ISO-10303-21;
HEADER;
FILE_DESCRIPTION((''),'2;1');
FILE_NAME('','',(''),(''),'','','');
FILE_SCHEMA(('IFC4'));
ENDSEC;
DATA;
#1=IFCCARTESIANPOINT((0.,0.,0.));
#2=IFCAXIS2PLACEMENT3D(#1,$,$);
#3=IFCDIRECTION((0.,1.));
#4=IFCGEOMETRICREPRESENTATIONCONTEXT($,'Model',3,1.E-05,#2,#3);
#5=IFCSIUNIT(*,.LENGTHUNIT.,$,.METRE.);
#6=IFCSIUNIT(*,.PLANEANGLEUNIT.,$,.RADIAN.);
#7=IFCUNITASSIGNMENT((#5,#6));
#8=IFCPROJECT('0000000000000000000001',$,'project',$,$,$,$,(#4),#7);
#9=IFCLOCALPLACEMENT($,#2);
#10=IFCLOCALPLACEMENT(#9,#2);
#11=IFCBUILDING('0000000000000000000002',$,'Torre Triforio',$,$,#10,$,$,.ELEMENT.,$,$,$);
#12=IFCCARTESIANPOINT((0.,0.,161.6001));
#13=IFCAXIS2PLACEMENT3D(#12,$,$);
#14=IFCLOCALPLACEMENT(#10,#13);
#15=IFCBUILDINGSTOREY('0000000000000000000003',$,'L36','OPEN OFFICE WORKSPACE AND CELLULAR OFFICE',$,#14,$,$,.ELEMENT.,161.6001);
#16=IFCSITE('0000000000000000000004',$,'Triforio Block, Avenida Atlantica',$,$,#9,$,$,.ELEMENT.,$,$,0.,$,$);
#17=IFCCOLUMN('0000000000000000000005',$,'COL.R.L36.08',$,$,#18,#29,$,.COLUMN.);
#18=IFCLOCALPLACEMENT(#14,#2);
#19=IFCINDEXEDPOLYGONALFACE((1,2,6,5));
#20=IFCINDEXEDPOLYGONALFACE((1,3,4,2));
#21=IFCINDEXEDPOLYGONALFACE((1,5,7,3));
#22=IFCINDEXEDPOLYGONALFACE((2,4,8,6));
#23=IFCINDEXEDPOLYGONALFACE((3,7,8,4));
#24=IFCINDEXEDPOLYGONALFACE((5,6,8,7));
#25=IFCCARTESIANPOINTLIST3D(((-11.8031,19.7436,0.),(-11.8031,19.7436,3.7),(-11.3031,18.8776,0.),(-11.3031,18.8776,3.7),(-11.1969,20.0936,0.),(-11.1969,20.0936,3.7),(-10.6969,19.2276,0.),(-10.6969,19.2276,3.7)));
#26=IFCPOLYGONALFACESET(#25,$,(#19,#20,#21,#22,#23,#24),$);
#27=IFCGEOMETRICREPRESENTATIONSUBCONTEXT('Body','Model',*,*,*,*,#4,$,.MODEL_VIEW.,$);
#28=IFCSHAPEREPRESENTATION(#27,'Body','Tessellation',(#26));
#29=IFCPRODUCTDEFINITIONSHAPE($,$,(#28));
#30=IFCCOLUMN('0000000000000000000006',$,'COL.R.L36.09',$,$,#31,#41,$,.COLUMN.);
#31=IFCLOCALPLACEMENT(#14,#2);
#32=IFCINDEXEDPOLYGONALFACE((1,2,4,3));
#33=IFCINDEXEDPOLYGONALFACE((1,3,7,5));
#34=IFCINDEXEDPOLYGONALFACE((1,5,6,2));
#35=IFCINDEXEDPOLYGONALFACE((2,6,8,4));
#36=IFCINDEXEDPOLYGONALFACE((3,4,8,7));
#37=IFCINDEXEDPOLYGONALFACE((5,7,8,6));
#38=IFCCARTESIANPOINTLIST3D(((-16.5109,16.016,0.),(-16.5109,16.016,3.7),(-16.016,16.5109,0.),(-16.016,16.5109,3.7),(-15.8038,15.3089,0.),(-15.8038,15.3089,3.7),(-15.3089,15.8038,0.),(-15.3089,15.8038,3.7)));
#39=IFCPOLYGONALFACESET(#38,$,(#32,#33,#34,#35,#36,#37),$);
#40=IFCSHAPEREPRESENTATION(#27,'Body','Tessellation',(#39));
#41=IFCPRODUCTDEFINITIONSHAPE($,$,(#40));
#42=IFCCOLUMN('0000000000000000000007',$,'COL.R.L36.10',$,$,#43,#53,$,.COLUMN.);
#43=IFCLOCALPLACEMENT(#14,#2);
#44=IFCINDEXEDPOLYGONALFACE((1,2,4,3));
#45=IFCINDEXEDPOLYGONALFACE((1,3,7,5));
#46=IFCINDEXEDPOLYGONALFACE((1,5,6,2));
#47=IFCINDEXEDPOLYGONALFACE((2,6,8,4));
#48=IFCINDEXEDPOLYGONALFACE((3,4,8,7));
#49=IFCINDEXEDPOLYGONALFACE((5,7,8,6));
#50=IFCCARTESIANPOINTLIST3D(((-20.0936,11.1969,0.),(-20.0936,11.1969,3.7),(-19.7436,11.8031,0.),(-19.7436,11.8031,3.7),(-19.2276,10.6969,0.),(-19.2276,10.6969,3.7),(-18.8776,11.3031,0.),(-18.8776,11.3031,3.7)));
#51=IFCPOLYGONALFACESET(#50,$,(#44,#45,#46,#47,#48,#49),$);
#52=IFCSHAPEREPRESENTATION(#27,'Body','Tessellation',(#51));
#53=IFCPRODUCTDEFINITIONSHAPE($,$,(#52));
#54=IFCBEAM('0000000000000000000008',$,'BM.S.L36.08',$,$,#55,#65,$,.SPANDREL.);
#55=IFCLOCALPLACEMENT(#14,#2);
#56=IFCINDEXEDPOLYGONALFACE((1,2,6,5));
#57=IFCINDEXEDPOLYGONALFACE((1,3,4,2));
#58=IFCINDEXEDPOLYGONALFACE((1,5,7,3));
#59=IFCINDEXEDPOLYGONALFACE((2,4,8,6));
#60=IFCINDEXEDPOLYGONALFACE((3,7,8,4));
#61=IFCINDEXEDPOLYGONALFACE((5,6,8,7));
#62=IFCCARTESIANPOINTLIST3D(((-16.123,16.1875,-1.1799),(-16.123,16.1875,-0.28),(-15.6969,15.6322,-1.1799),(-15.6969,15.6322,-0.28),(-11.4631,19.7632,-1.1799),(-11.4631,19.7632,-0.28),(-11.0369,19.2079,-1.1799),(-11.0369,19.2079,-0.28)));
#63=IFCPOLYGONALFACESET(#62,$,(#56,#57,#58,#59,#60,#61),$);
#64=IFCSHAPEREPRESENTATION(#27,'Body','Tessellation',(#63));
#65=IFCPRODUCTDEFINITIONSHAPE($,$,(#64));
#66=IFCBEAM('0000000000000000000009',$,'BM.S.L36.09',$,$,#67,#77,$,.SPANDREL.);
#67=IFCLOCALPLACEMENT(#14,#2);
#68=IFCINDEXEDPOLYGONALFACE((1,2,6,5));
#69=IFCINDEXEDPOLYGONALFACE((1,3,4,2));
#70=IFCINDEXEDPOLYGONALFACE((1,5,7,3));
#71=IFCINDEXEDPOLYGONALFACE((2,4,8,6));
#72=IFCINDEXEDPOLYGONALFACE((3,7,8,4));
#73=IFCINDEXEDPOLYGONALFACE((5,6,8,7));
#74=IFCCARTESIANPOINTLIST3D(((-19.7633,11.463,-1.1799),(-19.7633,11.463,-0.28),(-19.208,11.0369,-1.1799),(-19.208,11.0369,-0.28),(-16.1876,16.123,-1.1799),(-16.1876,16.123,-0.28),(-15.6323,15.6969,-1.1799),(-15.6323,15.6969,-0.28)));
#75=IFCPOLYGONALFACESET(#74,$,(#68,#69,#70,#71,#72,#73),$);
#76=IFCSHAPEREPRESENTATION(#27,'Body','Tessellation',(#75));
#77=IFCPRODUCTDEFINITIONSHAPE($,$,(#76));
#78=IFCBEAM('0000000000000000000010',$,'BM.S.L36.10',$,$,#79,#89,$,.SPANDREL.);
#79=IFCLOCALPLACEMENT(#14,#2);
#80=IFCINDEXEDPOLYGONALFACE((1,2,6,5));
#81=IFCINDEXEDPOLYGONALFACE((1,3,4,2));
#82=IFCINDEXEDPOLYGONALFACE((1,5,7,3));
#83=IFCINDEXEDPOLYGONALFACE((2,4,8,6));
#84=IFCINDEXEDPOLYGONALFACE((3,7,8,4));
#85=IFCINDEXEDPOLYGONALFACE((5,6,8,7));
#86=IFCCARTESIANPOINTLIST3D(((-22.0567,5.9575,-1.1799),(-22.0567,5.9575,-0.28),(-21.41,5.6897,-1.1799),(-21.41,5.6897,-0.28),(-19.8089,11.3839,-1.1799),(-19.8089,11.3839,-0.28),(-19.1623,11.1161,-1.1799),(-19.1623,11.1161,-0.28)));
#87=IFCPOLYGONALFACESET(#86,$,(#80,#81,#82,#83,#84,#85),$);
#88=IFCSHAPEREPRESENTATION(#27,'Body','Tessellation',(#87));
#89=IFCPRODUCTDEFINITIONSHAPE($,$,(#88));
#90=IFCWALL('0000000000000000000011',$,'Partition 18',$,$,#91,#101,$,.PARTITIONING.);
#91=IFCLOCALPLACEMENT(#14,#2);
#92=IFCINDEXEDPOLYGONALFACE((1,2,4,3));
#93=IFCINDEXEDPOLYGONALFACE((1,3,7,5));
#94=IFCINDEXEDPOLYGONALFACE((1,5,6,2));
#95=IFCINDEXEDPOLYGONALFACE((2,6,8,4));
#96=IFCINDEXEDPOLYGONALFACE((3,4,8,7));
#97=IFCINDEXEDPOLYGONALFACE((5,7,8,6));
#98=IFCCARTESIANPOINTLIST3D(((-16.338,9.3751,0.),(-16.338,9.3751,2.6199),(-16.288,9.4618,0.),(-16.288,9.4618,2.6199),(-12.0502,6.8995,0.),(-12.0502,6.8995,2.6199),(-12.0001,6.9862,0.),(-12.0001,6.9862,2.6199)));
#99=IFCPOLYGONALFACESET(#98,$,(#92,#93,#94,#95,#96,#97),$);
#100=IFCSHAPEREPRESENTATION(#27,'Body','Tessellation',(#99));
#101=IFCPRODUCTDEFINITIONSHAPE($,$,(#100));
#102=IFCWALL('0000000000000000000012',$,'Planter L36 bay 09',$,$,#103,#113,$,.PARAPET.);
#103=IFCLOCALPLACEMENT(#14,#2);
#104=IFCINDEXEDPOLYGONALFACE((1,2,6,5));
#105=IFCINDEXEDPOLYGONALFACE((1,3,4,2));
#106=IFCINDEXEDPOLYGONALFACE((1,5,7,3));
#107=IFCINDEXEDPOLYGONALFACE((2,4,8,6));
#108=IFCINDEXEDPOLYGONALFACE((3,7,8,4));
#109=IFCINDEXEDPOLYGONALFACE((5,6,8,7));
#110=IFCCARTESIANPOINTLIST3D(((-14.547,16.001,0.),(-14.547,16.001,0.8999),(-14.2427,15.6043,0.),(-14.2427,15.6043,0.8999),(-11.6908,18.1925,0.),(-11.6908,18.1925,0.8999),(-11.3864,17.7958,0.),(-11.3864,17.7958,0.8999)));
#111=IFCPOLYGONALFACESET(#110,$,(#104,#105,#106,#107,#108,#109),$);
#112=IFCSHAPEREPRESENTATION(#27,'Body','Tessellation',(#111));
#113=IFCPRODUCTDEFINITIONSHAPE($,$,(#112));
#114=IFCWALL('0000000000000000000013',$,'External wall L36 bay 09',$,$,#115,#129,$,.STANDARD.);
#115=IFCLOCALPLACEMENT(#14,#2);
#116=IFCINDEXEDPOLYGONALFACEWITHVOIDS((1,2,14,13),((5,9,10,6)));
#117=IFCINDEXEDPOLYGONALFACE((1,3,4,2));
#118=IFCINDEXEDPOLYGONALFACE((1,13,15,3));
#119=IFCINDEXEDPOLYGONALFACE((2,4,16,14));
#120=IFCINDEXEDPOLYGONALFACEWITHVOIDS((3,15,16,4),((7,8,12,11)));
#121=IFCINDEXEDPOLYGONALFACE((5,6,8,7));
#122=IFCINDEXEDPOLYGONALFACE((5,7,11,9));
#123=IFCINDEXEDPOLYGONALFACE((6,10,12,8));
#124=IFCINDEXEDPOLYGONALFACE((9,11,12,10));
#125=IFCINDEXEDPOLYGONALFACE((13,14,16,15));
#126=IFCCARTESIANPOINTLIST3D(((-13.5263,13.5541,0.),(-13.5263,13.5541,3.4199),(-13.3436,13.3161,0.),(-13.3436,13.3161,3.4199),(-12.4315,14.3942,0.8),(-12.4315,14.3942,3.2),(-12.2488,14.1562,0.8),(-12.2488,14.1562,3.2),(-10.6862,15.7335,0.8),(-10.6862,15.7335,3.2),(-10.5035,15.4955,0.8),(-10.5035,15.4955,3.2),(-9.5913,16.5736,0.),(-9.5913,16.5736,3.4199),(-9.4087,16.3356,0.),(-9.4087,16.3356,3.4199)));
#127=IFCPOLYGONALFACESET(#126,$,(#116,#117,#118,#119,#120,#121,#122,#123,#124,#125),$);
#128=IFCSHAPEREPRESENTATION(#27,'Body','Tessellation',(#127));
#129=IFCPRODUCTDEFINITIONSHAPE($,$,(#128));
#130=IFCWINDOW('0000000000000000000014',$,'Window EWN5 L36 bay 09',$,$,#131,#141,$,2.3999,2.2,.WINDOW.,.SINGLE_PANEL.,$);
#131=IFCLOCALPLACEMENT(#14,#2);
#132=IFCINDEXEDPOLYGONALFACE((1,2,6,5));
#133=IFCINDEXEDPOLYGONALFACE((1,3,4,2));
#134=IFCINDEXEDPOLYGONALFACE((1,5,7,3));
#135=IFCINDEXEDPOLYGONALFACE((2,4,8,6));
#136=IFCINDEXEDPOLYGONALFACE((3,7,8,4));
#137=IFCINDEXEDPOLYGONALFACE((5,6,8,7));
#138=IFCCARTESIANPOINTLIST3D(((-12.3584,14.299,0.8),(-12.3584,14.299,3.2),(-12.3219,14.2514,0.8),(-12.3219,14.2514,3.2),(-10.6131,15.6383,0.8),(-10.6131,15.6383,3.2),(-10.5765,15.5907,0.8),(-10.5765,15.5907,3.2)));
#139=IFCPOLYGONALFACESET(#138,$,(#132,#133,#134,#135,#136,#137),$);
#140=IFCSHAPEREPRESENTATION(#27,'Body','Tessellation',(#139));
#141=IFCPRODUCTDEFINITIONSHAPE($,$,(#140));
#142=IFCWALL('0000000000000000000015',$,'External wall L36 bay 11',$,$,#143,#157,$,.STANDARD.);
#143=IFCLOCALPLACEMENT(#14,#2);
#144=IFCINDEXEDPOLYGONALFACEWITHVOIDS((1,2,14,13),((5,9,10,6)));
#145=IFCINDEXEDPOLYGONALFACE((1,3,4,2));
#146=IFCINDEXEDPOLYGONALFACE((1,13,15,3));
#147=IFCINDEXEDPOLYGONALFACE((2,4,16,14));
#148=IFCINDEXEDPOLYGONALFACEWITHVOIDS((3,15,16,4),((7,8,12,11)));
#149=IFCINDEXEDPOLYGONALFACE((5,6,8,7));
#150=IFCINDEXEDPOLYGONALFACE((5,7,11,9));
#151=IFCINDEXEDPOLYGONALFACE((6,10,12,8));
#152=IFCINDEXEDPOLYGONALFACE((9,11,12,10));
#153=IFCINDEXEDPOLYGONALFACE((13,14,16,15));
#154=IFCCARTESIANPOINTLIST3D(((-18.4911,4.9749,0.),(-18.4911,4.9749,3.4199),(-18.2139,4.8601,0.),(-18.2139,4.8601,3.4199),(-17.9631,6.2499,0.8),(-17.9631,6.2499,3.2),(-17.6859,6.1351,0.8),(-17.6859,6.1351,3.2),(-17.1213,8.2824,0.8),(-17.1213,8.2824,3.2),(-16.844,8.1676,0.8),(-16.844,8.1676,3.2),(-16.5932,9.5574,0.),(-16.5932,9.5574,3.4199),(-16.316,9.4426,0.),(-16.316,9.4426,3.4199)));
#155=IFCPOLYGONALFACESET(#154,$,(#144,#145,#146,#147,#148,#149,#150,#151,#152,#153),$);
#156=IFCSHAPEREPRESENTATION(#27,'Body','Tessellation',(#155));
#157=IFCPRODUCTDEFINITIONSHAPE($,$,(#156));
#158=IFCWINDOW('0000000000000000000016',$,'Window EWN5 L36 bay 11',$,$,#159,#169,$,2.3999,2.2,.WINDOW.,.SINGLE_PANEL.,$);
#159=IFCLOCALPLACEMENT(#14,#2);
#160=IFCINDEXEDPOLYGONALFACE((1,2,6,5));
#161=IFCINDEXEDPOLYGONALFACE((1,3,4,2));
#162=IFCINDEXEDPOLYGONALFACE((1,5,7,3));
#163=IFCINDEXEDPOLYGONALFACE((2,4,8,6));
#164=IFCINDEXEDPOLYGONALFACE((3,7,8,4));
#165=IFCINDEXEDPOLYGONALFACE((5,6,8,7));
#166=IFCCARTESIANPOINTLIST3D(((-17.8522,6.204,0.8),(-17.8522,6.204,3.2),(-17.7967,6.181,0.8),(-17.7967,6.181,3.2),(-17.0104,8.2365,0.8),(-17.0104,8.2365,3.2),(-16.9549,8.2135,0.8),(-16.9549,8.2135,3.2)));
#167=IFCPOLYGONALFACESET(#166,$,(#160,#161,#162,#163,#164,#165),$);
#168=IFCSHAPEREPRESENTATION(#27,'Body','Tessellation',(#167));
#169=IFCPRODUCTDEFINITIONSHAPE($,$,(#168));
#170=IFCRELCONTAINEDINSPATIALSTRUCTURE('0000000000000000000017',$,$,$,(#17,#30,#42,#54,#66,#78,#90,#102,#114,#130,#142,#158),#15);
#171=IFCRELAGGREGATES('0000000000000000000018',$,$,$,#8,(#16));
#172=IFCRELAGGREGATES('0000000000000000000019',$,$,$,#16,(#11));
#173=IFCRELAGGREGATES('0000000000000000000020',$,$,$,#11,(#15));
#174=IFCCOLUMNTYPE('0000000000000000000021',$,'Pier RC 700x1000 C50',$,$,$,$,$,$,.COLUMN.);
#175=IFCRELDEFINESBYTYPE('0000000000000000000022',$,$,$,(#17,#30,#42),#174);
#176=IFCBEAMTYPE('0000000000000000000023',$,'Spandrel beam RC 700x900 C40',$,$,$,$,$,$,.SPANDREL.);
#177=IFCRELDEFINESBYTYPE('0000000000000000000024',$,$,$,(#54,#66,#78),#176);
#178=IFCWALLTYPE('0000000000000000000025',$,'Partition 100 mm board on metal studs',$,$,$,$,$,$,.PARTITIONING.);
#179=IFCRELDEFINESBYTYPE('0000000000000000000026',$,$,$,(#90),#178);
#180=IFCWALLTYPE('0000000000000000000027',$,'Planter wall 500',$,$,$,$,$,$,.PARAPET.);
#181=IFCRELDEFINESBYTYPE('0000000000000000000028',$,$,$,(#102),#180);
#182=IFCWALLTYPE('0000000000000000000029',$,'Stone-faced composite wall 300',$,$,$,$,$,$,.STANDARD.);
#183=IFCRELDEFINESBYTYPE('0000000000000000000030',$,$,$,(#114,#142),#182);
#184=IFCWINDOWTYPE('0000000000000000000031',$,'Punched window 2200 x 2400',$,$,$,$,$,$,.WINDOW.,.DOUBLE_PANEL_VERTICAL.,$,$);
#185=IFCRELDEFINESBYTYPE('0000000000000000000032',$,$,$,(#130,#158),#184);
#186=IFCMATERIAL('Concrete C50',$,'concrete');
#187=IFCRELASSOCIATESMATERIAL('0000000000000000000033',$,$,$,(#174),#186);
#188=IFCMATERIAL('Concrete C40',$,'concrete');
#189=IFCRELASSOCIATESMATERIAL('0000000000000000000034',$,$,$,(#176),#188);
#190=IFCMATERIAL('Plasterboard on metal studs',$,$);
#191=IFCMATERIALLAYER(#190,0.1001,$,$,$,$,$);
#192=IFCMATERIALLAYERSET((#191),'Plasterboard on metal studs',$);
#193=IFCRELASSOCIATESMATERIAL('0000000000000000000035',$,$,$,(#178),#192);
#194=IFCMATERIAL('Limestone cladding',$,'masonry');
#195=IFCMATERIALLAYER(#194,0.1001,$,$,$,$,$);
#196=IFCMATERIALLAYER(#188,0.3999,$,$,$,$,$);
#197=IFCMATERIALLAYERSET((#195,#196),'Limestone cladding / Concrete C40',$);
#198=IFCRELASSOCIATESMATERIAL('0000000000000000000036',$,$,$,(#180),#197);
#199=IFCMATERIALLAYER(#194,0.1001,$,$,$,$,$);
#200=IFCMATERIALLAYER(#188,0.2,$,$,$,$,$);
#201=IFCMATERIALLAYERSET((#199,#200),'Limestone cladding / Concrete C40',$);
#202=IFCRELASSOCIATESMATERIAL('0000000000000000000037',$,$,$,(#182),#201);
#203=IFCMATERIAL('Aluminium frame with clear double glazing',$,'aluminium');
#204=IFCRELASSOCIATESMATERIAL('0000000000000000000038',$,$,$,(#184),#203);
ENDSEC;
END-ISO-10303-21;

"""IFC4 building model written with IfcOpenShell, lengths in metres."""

from ifc_helpers import new_model, si_unit, direction, frame, frame_2d, origin, origin_2d, place, context, subcontext, project, spatial, rectangle, extrude, material, layer, layer_set, material_profile, profile_set, type_object, element, fill, save


model = new_model("IFC4")

# Units and contexts
model_context = context("Model", 3, precision=1e-05, world=origin(), true_north=direction((0.0, 1.0)))
body_context = subcontext(model_context, "Body", "Model", "MODEL_VIEW")
ifc_project = project(units=[si_unit("LENGTHUNIT", "METRE"), si_unit("PLANEANGLEUNIT", "RADIAN")], contexts=[model_context])

# Site, building, storey
site_placement = place(None, origin())
site = spatial("IfcSite", under=ifc_project, at=site_placement, Name="Triforio Block, Avenida Atlantica", CompositionType="ELEMENT", RefElevation=0.0)
building_placement = place(site_placement, origin())
building = spatial("IfcBuilding", under=site, at=building_placement, Name="Torre Triforio", CompositionType="ELEMENT")
storey_placement = place(building_placement, frame((0.0, 0.0, 161.6001)))
storey = spatial("IfcBuildingStorey", under=building, at=storey_placement, Name="L36", Description="OPEN OFFICE WORKSPACE AND CELLULAR OFFICE", CompositionType="ELEMENT", Elevation=161.6001)

# Columns
ifc_material_1 = material(Name="Concrete C50", Category="concrete")
ifc_material_profile_1 = material_profile(ifc_material_1, rectangle(XDim=0.7, YDim=1.0, at=origin_2d()), Name="RC 700x1000")
ifc_profile_set_1 = profile_set([ifc_material_profile_1], Name="Concrete C50")
column_type = type_object("IfcColumnType", Name="Pier RC 700x1000 C50", PredefinedType="COLUMN", material=ifc_profile_set_1)
for number, where, z_axis, x_axis, name in (
    (1, (-11.25, 19.4856, 0.0), (0.0, 0.0, 1.0), (-0.866025, -0.5, 0.0), "COL.R.L36.08"),
    (2, (-15.9099, 15.9099, 0.0), (0.0, 0.0, 1.0), (-0.707107, -0.707107, 0.0), "COL.R.L36.09"),
    (3, (-19.4856, 11.25, 0.0), (0.0, 0.0, 1.0), (-0.5, -0.866025, 0.0), "COL.R.L36.10"),
):
    element("IfcColumn", number, at=place(storey_placement, frame(where, z_axis=z_axis, x_axis=x_axis)), inside=storey, type_object=column_type, Name=name, PredefinedType="COLUMN", context=body_context, shape_type="SweptSolid", body=[
        extrude(rectangle(XDim=0.7, YDim=1.0, at=origin_2d()), origin(), (0.0, 0.0, 1.0), 3.7),
    ])

# Beams
ifc_material_2 = material(Name="Concrete C40", Category="concrete")
ifc_material_profile_2 = material_profile(ifc_material_2, rectangle(XDim=0.7, YDim=0.8999, at=origin_2d()), Name="RC 700x900")
ifc_profile_set_2 = profile_set([ifc_material_profile_2], Name="Concrete C40")
beam_type = type_object("IfcBeamType", Name="Spandrel beam RC 700x900 C40", PredefinedType="SPANDREL", material=ifc_profile_set_2)
for number, where, z_axis, x_axis, name in (
    (4, (-11.25, 19.4856, -0.73), (-0.793353, -0.608762, 0.0), (0.608762, -0.793353, 0.0), "BM.S.L36.08"),
    (5, (-15.9099, 15.9099, -0.73), (-0.608762, -0.793353, 0.0), (0.793353, -0.608762, 0.0), "BM.S.L36.09"),
):
    element("IfcBeam", number, at=place(storey_placement, frame(where, z_axis=z_axis, x_axis=x_axis)), inside=storey, type_object=beam_type, Name=name, PredefinedType="SPANDREL", context=body_context, shape_type="SweptSolid", body=[
        extrude(rectangle(XDim=0.7, YDim=0.8999, at=origin_2d()), origin(), (0.0, 0.0, 1.0), 5.8738),
    ])
beam_placement = place(storey_placement, frame((-19.4856, 11.25, -0.73), z_axis=(-0.382693, -0.923875, 0.0), x_axis=(0.923875, -0.382693, 0.0)))
element("IfcBeam", 6, at=beam_placement, inside=storey, type_object=beam_type, Name="BM.S.L36.10", PredefinedType="SPANDREL", context=body_context, shape_type="SweptSolid", body=[
    extrude(rectangle(XDim=0.7, YDim=0.8999, at=origin_2d()), origin(), (0.0, 0.0, 1.0), 5.8735),
])

# Walls
ifc_material_3 = material(Name="Plasterboard on metal studs")
ifc_layer_1 = layer(ifc_material_3, 0.1001)
ifc_layer_set_1 = layer_set([ifc_layer_1], Name="Plasterboard on metal studs")
wall_type_1 = type_object("IfcWallType", Name="Partition 100 mm board on metal studs", PredefinedType="PARTITIONING", material=ifc_layer_set_1)
wall_1_placement = place(storey_placement, frame((-12.0251, 6.9429, 0.0), z_axis=(0.0, 0.0, 1.0), x_axis=(-0.866025, 0.5, 0.0)))
element("IfcWall", 7, at=wall_1_placement, inside=storey, type_object=wall_type_1, Name="Partition 18", PredefinedType="PARTITIONING", context=body_context, shape_type="SweptSolid", body=[
    extrude(rectangle(XDim=4.9512, YDim=0.1001, at=frame_2d((2.4756, 0.0))), origin(), (0.0, 0.0, 1.0), 2.6199),
])
ifc_material_4 = material(Name="Limestone cladding", Category="masonry")
ifc_layer_2 = layer(ifc_material_4, 0.1001)
ifc_layer_3 = layer(ifc_material_2, 0.3999)
ifc_layer_set_2 = layer_set([ifc_layer_2, ifc_layer_3], Name="Limestone cladding / Concrete C40")
wall_type_2 = type_object("IfcWallType", Name="Planter wall 500", PredefinedType="PARAPET", material=ifc_layer_set_2)
wall_2_placement = place(storey_placement, frame((-11.5386, 17.9941, 0.0), z_axis=(0.0, 0.0, 1.0), x_axis=(-0.793385, -0.608721, 0.0)))
element("IfcWall", 8, at=wall_2_placement, inside=storey, type_object=wall_type_2, Name="Planter L36 bay 09", PredefinedType="PARAPET", context=body_context, shape_type="SweptSolid", body=[
    extrude(rectangle(XDim=3.6001, YDim=0.5, at=frame_2d((1.8, 0.0))), origin(), (0.0, 0.0, 1.0), 0.8999),
])

# Wall, opening, window
ifc_layer_4 = layer(ifc_material_4, 0.1001)
ifc_layer_5 = layer(ifc_material_2, 0.2)
ifc_layer_set_3 = layer_set([ifc_layer_4, ifc_layer_5], Name="Limestone cladding / Concrete C40")
wall_type_3 = type_object("IfcWallType", Name="Stone-faced composite wall 300", PredefinedType="STANDARD", material=ifc_layer_set_3)
wall_3_placement = place(storey_placement, frame((-9.5, 16.4546, 0.0), z_axis=(0.0, 0.0, 1.0), x_axis=(-0.793348, -0.608768, 0.0)))
wall_3 = element("IfcWall", 9, at=wall_3_placement, inside=storey, type_object=wall_type_3, Name="External wall L36 bay 09", PredefinedType="STANDARD", context=body_context, shape_type="SweptSolid", body=[
    extrude(rectangle(XDim=4.96, YDim=0.3, at=frame_2d((2.48, 0.0))), origin(), (0.0, 0.0, 1.0), 3.4199),
])
opening_1_placement = place(wall_3_placement, frame((1.3799, 0.0, 0.8)))
opening_1 = element("IfcOpeningElement", 10, at=opening_1_placement, cuts=wall_3, PredefinedType="OPENING", context=body_context, shape_type="SweptSolid", body=[
    extrude(rectangle(XDim=2.2, YDim=2.3999, at=frame_2d((1.1001, 1.2))), frame((0.0, 0.1599, 0.0), z_axis=(0.0, -1.0, 0.0), x_axis=(1.0, 0.0, 0.0)), (0.0, 0.0, 1.0), 0.3201),
])
ifc_material_5 = material(Name="Aluminium frame with clear double glazing", Category="aluminium")
window_type_1 = type_object("IfcWindowType", Name="Punched window 2200 x 2400", PartitioningType="DOUBLE_PANEL_VERTICAL", PredefinedType="WINDOW", material=ifc_material_5)
window_1_placement = place(opening_1_placement, origin())
window_1 = element("IfcWindow", 11, at=window_1_placement, inside=storey, type_object=window_type_1, Name="Window EWN5 L36 bay 09", OverallHeight=2.3999, OverallWidth=2.2, PartitioningType="SINGLE_PANEL", PredefinedType="WINDOW", context=body_context, shape_type="SweptSolid", body=[
    extrude(rectangle(XDim=2.2, YDim=2.3999, at=frame_2d((1.1001, 1.2))), frame((0.0, 0.03, 0.0), z_axis=(0.0, -1.0, 0.0), x_axis=(1.0, 0.0, 0.0)), (0.0, 0.0, 1.0), 0.0601),
])
fill(opening_1, window_1)

# Wall, opening, window
wall_4_placement = place(storey_placement, frame((-16.4546, 9.5, 0.0), z_axis=(0.0, 0.0, 1.0), x_axis=(-0.38265, -0.923893, 0.0)))
wall_4 = element("IfcWall", 12, at=wall_4_placement, inside=storey, type_object=wall_type_3, Name="External wall L36 bay 11", PredefinedType="STANDARD", context=body_context, shape_type="SweptSolid", body=[
    extrude(rectangle(XDim=4.96, YDim=0.3, at=frame_2d((2.48, 0.0))), origin(), (0.0, 0.0, 1.0), 3.4199),
])
opening_2_placement = place(wall_4_placement, frame((1.3799, 0.0, 0.8)))
opening_2 = element("IfcOpeningElement", 13, at=opening_2_placement, cuts=wall_4, PredefinedType="OPENING", context=body_context, shape_type="SweptSolid", body=[
    extrude(rectangle(XDim=2.2, YDim=2.3999, at=frame_2d((1.1001, 1.2))), frame((0.0, 0.1599, 0.0), z_axis=(0.0, -1.0, 0.0), x_axis=(1.0, 0.0, 0.0)), (0.0, 0.0, 1.0), 0.3201),
])
window_2_placement = place(opening_2_placement, origin())
window_2 = element("IfcWindow", 14, at=window_2_placement, inside=storey, type_object=window_type_1, Name="Window EWN5 L36 bay 11", OverallHeight=2.3999, OverallWidth=2.2, PartitioningType="SINGLE_PANEL", PredefinedType="WINDOW", context=body_context, shape_type="SweptSolid", body=[
    extrude(rectangle(XDim=2.2, YDim=2.3999, at=frame_2d((1.1001, 1.2))), frame((0.0, 0.03, 0.0), z_axis=(0.0, -1.0, 0.0), x_axis=(1.0, 0.0, 0.0)), (0.0, 0.0, 1.0), 0.0601),
])
fill(opening_2, window_2)

save(model, "model.ifc")
